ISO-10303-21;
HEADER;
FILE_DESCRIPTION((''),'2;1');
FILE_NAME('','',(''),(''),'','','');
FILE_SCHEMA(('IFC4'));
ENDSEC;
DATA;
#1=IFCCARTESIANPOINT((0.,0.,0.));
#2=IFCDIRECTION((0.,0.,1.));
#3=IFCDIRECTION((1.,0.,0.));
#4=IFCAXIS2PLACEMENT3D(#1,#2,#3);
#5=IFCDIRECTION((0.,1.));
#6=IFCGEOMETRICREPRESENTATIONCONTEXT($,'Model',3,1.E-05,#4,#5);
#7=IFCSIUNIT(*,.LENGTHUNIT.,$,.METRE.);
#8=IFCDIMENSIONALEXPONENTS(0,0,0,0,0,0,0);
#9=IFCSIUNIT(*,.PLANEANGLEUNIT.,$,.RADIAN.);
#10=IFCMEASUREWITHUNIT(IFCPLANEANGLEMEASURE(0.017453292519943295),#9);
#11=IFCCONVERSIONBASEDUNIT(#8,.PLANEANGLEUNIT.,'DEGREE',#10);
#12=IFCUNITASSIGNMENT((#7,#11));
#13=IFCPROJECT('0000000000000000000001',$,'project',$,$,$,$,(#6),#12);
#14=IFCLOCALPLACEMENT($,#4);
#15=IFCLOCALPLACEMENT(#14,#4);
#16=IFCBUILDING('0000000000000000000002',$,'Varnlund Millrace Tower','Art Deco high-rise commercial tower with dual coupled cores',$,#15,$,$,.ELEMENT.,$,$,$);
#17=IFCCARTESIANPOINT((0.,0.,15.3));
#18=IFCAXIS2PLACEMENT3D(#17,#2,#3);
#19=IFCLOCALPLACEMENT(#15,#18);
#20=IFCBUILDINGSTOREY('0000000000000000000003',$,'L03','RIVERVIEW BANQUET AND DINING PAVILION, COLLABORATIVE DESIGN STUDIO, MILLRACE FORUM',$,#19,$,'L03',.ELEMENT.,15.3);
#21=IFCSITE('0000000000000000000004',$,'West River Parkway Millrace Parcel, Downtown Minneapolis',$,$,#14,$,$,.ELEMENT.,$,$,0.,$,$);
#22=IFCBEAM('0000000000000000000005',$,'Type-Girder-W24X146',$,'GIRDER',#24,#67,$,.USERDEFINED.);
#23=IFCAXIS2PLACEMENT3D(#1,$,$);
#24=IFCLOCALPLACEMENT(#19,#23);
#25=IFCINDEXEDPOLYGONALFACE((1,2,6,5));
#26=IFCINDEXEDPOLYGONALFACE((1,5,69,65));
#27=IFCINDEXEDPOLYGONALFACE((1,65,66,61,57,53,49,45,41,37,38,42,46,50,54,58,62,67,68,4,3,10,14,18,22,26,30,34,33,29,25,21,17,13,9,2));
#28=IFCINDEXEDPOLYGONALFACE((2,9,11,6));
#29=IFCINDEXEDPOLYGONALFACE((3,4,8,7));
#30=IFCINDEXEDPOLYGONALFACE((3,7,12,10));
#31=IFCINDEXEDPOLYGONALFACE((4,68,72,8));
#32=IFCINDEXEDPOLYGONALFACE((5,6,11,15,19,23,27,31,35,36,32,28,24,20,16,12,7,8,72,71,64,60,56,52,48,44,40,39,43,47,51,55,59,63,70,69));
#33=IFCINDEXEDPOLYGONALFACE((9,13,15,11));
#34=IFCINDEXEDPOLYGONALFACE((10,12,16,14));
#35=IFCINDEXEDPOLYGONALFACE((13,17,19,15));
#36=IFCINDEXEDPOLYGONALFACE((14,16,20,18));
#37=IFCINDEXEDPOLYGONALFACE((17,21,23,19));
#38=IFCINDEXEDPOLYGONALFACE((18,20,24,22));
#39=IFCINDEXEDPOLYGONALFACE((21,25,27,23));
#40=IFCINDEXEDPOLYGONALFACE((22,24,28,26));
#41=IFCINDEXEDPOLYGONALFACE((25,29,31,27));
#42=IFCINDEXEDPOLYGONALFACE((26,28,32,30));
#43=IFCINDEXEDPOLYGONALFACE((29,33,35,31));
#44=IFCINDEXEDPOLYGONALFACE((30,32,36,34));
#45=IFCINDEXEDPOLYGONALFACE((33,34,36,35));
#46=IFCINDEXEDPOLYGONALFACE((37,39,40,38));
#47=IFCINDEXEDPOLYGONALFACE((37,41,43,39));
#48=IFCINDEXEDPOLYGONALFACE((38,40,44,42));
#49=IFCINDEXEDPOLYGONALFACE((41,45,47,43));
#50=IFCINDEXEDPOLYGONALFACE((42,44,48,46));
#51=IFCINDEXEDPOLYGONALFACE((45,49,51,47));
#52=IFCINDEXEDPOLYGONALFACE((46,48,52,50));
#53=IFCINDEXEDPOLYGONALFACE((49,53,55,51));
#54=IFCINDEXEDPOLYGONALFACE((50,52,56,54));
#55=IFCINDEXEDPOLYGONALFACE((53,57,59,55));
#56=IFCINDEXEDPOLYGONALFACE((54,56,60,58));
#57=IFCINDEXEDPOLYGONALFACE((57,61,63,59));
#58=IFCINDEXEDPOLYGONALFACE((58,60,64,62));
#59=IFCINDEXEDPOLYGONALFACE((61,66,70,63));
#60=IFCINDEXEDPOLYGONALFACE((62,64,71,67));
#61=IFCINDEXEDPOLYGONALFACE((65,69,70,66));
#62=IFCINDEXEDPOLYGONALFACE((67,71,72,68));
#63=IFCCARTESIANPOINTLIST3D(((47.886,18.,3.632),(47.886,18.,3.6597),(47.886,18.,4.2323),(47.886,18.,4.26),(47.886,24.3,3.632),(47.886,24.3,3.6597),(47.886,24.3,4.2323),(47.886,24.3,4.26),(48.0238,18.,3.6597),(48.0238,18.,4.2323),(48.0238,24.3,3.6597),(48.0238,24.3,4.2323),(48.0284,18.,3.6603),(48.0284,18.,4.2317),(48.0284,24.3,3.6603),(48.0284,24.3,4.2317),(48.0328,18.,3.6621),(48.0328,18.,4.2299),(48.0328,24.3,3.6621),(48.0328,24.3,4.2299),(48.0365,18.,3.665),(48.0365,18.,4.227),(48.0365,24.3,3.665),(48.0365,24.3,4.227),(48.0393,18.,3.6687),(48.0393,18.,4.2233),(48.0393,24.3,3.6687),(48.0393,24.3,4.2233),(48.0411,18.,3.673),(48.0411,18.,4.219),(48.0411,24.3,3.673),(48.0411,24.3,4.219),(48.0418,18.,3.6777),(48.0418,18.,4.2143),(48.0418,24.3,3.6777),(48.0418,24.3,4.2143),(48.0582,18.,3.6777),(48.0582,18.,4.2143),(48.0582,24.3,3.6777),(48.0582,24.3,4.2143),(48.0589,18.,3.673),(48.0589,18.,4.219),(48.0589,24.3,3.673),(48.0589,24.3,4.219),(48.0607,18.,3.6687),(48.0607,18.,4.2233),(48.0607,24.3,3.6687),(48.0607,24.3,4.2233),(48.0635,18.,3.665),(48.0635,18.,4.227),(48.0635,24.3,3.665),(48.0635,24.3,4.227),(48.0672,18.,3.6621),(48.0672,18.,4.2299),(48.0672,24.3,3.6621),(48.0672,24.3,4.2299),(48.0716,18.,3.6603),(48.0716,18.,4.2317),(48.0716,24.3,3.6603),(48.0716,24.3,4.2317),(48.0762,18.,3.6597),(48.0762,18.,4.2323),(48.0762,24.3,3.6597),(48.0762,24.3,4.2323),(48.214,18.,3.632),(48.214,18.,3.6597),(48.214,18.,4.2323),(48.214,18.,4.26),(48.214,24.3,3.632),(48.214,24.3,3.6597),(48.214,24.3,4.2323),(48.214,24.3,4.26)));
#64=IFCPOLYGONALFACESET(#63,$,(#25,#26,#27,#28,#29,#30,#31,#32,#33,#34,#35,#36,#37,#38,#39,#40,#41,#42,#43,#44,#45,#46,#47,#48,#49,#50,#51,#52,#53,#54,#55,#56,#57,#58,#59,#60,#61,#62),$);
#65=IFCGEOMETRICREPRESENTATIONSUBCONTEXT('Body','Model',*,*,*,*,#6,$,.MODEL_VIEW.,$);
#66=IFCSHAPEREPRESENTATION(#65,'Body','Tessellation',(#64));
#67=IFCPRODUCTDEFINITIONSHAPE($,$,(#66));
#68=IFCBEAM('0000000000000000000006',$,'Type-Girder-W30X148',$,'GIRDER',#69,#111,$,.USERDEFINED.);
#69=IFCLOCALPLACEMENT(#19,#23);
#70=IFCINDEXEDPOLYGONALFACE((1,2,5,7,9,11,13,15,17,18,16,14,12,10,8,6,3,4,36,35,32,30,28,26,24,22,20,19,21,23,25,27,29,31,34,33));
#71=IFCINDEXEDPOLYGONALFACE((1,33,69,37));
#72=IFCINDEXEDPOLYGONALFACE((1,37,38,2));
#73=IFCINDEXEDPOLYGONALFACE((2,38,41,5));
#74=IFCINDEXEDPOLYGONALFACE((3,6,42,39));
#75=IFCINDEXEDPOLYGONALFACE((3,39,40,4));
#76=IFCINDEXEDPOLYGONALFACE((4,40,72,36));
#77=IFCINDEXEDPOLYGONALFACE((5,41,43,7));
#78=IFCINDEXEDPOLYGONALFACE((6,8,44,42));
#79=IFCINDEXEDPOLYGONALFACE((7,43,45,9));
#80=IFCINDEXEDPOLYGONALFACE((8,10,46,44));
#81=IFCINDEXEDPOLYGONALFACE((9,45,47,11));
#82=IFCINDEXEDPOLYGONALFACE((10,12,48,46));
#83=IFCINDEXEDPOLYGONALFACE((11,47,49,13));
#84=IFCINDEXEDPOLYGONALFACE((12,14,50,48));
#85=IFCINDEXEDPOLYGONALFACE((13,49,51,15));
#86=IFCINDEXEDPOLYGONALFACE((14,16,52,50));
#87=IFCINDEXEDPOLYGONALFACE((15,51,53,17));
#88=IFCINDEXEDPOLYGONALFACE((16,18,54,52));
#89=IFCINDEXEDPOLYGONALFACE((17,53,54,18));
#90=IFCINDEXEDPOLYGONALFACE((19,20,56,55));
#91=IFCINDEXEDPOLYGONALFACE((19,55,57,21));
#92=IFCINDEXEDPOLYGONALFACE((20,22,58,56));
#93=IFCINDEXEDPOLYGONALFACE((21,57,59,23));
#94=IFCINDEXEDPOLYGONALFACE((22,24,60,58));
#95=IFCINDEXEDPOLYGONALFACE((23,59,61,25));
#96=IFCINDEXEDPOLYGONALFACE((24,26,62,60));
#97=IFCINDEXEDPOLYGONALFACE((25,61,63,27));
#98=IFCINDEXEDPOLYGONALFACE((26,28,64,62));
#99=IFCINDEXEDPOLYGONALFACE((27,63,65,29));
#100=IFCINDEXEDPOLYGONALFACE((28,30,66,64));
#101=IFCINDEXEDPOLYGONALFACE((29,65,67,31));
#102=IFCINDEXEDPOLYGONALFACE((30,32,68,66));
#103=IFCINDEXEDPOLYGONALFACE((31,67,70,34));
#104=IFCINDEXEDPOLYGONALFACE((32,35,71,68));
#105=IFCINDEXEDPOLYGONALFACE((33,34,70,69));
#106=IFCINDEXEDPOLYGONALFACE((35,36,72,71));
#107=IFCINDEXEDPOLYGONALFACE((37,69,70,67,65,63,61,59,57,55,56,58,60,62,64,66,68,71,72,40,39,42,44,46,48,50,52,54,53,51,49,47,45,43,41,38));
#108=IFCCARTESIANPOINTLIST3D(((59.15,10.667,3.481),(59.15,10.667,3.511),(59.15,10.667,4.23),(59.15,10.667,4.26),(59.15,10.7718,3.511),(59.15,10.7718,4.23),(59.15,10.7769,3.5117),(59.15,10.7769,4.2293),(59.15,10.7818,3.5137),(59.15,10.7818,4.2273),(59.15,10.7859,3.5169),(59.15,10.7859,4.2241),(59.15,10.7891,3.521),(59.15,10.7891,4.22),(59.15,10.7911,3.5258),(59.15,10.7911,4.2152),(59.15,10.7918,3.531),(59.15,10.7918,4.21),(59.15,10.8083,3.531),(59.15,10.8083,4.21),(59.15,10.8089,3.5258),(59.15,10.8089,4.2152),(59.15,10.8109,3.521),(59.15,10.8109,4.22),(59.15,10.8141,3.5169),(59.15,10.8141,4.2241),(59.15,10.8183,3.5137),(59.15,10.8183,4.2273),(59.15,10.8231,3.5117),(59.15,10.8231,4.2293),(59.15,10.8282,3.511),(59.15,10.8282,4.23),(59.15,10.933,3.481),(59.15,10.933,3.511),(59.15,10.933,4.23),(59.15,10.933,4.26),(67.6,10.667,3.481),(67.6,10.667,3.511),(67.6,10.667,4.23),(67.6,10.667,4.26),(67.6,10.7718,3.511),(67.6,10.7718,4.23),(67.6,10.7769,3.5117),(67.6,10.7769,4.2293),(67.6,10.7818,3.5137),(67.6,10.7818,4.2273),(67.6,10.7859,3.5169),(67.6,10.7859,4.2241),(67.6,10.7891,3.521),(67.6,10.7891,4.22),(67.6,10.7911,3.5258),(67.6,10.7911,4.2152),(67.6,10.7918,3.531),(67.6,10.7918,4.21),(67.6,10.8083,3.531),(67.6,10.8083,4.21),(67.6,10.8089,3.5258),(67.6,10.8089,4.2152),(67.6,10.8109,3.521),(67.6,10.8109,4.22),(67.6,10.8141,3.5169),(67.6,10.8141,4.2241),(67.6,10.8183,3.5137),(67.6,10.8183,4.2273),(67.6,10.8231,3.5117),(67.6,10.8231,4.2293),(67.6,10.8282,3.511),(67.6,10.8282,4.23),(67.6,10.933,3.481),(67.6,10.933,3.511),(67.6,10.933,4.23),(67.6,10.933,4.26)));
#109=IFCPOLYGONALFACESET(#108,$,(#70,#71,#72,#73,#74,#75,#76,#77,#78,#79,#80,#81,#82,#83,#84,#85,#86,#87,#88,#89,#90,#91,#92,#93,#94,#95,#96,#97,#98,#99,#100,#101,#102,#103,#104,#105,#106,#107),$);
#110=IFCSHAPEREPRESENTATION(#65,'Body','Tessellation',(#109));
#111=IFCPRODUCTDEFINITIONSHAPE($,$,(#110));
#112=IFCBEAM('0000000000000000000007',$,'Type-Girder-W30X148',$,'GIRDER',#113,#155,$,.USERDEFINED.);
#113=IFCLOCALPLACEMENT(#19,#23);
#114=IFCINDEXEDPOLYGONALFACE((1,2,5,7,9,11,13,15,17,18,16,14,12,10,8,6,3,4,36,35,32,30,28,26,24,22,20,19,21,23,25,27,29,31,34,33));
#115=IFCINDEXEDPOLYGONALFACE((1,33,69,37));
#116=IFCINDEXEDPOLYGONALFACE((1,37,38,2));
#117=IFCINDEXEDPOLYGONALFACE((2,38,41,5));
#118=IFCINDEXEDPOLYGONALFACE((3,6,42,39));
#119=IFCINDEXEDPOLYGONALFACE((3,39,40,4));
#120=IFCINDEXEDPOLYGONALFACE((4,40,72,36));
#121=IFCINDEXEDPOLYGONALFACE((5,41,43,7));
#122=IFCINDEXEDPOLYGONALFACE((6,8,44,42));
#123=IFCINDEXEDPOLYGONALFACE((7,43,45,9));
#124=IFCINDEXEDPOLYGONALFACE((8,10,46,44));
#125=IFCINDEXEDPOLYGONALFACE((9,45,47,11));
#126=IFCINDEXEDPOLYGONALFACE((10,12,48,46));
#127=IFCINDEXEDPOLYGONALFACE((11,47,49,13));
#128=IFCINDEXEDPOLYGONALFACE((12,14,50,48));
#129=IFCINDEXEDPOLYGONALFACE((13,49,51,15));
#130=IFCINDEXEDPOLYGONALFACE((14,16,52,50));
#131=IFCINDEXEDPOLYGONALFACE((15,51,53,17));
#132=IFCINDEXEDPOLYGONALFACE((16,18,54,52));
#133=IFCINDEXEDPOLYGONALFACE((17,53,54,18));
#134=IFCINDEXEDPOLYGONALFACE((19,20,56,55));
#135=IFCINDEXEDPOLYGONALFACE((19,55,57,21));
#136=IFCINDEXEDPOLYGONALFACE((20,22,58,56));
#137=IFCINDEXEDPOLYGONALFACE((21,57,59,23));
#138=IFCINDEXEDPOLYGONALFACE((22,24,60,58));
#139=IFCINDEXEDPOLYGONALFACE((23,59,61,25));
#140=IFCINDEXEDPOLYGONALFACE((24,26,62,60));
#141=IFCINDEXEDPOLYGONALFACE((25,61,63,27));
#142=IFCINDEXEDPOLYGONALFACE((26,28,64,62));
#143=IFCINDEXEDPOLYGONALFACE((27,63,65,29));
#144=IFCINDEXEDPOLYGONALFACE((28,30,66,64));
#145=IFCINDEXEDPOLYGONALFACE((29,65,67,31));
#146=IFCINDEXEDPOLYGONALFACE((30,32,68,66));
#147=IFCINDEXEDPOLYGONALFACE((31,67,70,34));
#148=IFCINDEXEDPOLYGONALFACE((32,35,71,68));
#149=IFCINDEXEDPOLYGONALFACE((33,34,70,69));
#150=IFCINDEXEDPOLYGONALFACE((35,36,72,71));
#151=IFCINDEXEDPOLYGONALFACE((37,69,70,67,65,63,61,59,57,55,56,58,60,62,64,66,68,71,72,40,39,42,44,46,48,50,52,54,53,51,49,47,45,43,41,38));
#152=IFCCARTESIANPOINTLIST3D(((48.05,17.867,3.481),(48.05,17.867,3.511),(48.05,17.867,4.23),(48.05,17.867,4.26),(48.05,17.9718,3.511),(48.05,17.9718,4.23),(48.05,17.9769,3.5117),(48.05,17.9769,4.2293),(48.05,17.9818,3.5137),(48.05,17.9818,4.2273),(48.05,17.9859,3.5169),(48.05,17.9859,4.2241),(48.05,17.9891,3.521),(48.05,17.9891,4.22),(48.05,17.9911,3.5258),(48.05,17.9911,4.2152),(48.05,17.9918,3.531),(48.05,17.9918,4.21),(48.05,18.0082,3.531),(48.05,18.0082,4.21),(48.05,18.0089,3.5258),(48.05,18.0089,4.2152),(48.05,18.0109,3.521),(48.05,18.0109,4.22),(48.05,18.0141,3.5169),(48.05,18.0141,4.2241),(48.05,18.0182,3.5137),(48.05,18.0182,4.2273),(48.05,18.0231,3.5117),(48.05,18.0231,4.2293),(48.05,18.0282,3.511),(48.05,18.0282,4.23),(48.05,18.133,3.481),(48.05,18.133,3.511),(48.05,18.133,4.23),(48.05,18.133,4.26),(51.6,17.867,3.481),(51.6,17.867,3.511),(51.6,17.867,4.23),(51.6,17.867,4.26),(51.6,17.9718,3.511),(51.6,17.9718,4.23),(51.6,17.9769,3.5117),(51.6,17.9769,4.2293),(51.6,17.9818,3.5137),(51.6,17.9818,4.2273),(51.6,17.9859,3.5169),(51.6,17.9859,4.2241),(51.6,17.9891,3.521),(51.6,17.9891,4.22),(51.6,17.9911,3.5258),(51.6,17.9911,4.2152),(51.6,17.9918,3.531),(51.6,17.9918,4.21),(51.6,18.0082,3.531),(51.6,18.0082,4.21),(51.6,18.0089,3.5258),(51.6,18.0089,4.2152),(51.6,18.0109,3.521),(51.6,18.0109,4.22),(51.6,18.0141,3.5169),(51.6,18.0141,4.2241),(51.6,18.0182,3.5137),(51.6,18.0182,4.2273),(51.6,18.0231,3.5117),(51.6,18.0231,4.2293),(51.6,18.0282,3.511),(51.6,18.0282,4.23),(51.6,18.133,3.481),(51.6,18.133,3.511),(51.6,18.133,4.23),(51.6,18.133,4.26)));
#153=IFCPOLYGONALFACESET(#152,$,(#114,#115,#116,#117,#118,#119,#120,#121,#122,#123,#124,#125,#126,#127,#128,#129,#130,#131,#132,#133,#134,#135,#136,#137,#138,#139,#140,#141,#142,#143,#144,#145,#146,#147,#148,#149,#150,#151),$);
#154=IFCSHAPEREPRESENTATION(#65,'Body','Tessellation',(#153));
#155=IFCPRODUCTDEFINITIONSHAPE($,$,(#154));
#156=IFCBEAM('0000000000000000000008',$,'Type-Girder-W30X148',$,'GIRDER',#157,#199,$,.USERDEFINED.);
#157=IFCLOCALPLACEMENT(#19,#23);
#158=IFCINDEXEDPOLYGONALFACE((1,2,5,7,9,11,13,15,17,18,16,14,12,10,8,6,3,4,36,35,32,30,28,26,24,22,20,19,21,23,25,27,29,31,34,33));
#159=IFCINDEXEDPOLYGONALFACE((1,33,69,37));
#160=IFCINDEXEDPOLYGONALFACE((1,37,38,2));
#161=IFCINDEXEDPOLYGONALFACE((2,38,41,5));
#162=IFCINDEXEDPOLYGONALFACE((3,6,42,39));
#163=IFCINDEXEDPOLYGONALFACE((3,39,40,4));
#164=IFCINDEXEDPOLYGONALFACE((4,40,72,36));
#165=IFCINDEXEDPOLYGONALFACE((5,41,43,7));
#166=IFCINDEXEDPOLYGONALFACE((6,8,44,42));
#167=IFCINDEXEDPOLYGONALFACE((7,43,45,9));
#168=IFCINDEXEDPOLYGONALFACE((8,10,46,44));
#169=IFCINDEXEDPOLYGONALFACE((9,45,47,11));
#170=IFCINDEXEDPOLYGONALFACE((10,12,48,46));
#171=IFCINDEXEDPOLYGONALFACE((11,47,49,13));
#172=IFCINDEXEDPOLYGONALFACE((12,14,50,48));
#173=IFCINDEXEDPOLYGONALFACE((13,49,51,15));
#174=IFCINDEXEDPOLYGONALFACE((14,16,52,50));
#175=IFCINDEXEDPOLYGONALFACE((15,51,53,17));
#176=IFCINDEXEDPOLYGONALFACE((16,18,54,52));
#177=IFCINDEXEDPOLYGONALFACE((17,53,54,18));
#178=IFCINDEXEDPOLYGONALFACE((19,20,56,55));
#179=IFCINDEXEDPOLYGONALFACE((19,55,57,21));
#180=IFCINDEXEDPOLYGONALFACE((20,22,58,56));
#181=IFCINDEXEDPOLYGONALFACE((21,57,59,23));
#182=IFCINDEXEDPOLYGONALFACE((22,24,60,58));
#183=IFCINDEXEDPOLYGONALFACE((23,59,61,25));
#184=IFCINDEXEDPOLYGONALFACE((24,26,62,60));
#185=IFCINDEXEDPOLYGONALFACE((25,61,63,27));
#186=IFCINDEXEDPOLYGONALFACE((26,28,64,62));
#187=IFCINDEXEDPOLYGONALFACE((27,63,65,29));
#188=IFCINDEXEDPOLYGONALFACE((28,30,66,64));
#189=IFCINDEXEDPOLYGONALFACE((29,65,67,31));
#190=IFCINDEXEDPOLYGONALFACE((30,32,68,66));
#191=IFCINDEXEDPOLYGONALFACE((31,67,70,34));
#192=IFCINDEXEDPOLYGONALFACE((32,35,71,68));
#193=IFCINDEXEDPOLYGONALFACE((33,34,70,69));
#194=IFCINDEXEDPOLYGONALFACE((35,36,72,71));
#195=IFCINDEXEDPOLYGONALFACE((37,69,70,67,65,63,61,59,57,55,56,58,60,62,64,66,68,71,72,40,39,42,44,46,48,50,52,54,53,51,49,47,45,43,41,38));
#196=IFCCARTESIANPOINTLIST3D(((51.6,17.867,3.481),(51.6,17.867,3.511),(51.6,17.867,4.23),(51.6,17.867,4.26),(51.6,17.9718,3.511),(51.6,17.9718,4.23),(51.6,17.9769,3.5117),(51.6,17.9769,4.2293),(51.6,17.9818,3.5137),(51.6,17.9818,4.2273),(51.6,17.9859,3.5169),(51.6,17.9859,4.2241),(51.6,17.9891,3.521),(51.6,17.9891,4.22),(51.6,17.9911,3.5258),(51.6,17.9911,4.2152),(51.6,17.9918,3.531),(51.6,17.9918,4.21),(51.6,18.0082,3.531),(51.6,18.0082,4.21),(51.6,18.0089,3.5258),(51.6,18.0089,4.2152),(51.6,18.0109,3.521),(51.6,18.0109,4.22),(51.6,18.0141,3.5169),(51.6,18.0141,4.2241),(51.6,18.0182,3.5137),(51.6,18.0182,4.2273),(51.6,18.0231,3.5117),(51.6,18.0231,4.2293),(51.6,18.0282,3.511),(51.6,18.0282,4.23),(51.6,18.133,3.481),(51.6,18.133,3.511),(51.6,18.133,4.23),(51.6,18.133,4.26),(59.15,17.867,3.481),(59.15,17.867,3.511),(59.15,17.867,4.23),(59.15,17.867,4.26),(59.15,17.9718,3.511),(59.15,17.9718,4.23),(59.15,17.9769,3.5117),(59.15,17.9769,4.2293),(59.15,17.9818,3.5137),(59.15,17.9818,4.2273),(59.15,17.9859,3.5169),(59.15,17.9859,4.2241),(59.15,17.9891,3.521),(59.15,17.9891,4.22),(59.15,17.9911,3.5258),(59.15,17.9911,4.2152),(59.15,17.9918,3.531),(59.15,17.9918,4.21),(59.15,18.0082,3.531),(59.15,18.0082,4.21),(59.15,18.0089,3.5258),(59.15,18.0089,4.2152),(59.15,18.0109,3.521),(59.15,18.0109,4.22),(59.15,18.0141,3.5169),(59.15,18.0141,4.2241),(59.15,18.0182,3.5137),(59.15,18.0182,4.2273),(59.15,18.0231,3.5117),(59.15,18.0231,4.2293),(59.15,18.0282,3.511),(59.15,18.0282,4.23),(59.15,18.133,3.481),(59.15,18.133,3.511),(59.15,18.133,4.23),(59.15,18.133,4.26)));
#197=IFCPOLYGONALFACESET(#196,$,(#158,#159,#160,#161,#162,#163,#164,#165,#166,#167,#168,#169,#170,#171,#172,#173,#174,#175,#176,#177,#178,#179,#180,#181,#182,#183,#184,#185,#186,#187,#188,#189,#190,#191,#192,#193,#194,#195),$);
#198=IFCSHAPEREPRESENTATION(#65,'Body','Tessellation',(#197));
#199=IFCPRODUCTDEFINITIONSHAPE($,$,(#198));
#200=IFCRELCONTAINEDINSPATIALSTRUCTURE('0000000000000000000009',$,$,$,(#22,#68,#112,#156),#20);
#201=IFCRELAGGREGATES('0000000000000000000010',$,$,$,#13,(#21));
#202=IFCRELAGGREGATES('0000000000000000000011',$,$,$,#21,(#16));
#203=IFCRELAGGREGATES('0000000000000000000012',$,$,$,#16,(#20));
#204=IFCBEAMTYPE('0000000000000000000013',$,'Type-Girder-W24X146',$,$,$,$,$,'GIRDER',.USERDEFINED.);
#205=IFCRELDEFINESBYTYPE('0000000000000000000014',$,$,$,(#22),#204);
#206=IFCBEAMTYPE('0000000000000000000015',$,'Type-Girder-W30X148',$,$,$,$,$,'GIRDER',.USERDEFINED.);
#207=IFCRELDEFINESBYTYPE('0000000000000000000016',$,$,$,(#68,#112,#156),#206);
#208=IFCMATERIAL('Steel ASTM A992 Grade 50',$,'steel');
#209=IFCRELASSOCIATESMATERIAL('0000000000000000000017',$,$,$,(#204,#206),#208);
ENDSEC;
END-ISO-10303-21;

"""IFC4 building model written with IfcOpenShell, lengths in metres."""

from ifc_helpers import new_model, entity, si_unit, converted_unit, direction, frame, origin_with_axes, origin_2d_with_axis, place, context, subcontext, project, spatial, i_section, extrude, material, material_profile, profile_set, type_object, element, save


model = new_model("IFC4")

# Units and contexts
model_context = context("Model", 3, precision=1e-05, world=origin_with_axes(), true_north=direction((0.0, 1.0)))
body_context = subcontext(model_context, "Body", "Model", "MODEL_VIEW")
ifc_project = project(units=[si_unit("LENGTHUNIT", "METRE"), converted_unit("PLANEANGLEUNIT", "DEGREE", entity("IfcPlaneAngleMeasure", 0.017453292519943295), si_unit("PLANEANGLEUNIT", "RADIAN"), dimensions=[0, 0, 0, 0, 0, 0, 0])], contexts=[model_context])

# Site, building, storey
site_placement = place(None, origin_with_axes())
site = spatial("IfcSite", under=ifc_project, at=site_placement, Name="West River Parkway Millrace Parcel, Downtown Minneapolis", CompositionType="ELEMENT", RefElevation=0.0)
building_placement = place(site_placement, origin_with_axes())
building = spatial("IfcBuilding", under=site, at=building_placement, Name="Varnlund Millrace Tower", Description="Art Deco high-rise commercial tower with dual coupled cores", CompositionType="ELEMENT")
storey_placement = place(building_placement, frame((0.0, 0.0, 15.3), z_axis=(0.0, 0.0, 1.0), x_axis=(1.0, 0.0, 0.0)))
storey = spatial("IfcBuildingStorey", under=building, at=storey_placement, Name="L03", Description="RIVERVIEW BANQUET AND DINING PAVILION, COLLABORATIVE DESIGN STUDIO, MILLRACE FORUM", LongName="L03", CompositionType="ELEMENT", Elevation=15.3)

# Beams
ifc_material_1 = material(Name="Steel ASTM A992 Grade 50", Category="steel")
ifc_material_profile_1 = material_profile(ifc_material_1, i_section(OverallWidth=0.328, OverallDepth=0.628, WebThickness=0.0165, FlangeThickness=0.0277, FilletRadius=0.018, at=origin_2d_with_axis()), Name="Steel ASTM A992 Grade 50")
ifc_profile_set_1 = profile_set([ifc_material_profile_1], Name="Steel ASTM A992 Grade 50")
beam_type_1 = type_object("IfcBeamType", Name="Type-Girder-W24X146", ElementType="GIRDER", PredefinedType="USERDEFINED", material=ifc_profile_set_1)
beam_1_placement = place(storey_placement, frame((48.05, 18.0, 3.946), z_axis=(0.0, 1.0, 0.0), x_axis=(-1.0, 0.0, 0.0)))
element("IfcBeam", 1, at=beam_1_placement, inside=storey, type_object=beam_type_1, Name="Type-Girder-W24X146", ObjectType="GIRDER", PredefinedType="USERDEFINED", context=body_context, shape_type="SweptSolid", body=[
    extrude(i_section(OverallWidth=0.328, OverallDepth=0.628, WebThickness=0.0165, FlangeThickness=0.0277, FilletRadius=0.018, at=origin_2d_with_axis()), origin_with_axes(), (0.0, 0.0, 1.0), 6.3),
])
ifc_material_profile_2 = material_profile(ifc_material_1, i_section(OverallWidth=0.266, OverallDepth=0.779, WebThickness=0.0165, FlangeThickness=0.03, FilletRadius=0.02, at=origin_2d_with_axis()), Name="Steel ASTM A992 Grade 50")
ifc_profile_set_2 = profile_set([ifc_material_profile_2], Name="Steel ASTM A992 Grade 50")
beam_type_2 = type_object("IfcBeamType", Name="Type-Girder-W30X148", ElementType="GIRDER", PredefinedType="USERDEFINED", material=ifc_profile_set_2)
beam_2_placement = place(storey_placement, frame((59.15, 10.8, 3.8705), z_axis=(1.0, 0.0, 0.0), x_axis=(0.0, 1.0, 0.0)))
element("IfcBeam", 2, at=beam_2_placement, inside=storey, type_object=beam_type_2, Name="Type-Girder-W30X148", ObjectType="GIRDER", PredefinedType="USERDEFINED", context=body_context, shape_type="SweptSolid", body=[
    extrude(i_section(OverallWidth=0.266, OverallDepth=0.779, WebThickness=0.0165, FlangeThickness=0.03, FilletRadius=0.02, at=origin_2d_with_axis()), origin_with_axes(), (0.0, 0.0, 1.0), 8.45),
])
beam_3_placement = place(storey_placement, frame((48.05, 18.0, 3.8705), z_axis=(1.0, 0.0, 0.0), x_axis=(0.0, 1.0, 0.0)))
element("IfcBeam", 3, at=beam_3_placement, inside=storey, type_object=beam_type_2, Name="Type-Girder-W30X148", ObjectType="GIRDER", PredefinedType="USERDEFINED", context=body_context, shape_type="SweptSolid", body=[
    extrude(i_section(OverallWidth=0.266, OverallDepth=0.779, WebThickness=0.0165, FlangeThickness=0.03, FilletRadius=0.02, at=origin_2d_with_axis()), origin_with_axes(), (0.0, 0.0, 1.0), 3.55),
])
beam_4_placement = place(storey_placement, frame((51.6, 18.0, 3.8705), z_axis=(1.0, 0.0, 0.0), x_axis=(0.0, 1.0, 0.0)))
element("IfcBeam", 4, at=beam_4_placement, inside=storey, type_object=beam_type_2, Name="Type-Girder-W30X148", ObjectType="GIRDER", PredefinedType="USERDEFINED", context=body_context, shape_type="SweptSolid", body=[
    extrude(i_section(OverallWidth=0.266, OverallDepth=0.779, WebThickness=0.0165, FlangeThickness=0.03, FilletRadius=0.02, at=origin_2d_with_axis()), origin_with_axes(), (0.0, 0.0, 1.0), 7.55),
])

save(model, "model.ifc")
